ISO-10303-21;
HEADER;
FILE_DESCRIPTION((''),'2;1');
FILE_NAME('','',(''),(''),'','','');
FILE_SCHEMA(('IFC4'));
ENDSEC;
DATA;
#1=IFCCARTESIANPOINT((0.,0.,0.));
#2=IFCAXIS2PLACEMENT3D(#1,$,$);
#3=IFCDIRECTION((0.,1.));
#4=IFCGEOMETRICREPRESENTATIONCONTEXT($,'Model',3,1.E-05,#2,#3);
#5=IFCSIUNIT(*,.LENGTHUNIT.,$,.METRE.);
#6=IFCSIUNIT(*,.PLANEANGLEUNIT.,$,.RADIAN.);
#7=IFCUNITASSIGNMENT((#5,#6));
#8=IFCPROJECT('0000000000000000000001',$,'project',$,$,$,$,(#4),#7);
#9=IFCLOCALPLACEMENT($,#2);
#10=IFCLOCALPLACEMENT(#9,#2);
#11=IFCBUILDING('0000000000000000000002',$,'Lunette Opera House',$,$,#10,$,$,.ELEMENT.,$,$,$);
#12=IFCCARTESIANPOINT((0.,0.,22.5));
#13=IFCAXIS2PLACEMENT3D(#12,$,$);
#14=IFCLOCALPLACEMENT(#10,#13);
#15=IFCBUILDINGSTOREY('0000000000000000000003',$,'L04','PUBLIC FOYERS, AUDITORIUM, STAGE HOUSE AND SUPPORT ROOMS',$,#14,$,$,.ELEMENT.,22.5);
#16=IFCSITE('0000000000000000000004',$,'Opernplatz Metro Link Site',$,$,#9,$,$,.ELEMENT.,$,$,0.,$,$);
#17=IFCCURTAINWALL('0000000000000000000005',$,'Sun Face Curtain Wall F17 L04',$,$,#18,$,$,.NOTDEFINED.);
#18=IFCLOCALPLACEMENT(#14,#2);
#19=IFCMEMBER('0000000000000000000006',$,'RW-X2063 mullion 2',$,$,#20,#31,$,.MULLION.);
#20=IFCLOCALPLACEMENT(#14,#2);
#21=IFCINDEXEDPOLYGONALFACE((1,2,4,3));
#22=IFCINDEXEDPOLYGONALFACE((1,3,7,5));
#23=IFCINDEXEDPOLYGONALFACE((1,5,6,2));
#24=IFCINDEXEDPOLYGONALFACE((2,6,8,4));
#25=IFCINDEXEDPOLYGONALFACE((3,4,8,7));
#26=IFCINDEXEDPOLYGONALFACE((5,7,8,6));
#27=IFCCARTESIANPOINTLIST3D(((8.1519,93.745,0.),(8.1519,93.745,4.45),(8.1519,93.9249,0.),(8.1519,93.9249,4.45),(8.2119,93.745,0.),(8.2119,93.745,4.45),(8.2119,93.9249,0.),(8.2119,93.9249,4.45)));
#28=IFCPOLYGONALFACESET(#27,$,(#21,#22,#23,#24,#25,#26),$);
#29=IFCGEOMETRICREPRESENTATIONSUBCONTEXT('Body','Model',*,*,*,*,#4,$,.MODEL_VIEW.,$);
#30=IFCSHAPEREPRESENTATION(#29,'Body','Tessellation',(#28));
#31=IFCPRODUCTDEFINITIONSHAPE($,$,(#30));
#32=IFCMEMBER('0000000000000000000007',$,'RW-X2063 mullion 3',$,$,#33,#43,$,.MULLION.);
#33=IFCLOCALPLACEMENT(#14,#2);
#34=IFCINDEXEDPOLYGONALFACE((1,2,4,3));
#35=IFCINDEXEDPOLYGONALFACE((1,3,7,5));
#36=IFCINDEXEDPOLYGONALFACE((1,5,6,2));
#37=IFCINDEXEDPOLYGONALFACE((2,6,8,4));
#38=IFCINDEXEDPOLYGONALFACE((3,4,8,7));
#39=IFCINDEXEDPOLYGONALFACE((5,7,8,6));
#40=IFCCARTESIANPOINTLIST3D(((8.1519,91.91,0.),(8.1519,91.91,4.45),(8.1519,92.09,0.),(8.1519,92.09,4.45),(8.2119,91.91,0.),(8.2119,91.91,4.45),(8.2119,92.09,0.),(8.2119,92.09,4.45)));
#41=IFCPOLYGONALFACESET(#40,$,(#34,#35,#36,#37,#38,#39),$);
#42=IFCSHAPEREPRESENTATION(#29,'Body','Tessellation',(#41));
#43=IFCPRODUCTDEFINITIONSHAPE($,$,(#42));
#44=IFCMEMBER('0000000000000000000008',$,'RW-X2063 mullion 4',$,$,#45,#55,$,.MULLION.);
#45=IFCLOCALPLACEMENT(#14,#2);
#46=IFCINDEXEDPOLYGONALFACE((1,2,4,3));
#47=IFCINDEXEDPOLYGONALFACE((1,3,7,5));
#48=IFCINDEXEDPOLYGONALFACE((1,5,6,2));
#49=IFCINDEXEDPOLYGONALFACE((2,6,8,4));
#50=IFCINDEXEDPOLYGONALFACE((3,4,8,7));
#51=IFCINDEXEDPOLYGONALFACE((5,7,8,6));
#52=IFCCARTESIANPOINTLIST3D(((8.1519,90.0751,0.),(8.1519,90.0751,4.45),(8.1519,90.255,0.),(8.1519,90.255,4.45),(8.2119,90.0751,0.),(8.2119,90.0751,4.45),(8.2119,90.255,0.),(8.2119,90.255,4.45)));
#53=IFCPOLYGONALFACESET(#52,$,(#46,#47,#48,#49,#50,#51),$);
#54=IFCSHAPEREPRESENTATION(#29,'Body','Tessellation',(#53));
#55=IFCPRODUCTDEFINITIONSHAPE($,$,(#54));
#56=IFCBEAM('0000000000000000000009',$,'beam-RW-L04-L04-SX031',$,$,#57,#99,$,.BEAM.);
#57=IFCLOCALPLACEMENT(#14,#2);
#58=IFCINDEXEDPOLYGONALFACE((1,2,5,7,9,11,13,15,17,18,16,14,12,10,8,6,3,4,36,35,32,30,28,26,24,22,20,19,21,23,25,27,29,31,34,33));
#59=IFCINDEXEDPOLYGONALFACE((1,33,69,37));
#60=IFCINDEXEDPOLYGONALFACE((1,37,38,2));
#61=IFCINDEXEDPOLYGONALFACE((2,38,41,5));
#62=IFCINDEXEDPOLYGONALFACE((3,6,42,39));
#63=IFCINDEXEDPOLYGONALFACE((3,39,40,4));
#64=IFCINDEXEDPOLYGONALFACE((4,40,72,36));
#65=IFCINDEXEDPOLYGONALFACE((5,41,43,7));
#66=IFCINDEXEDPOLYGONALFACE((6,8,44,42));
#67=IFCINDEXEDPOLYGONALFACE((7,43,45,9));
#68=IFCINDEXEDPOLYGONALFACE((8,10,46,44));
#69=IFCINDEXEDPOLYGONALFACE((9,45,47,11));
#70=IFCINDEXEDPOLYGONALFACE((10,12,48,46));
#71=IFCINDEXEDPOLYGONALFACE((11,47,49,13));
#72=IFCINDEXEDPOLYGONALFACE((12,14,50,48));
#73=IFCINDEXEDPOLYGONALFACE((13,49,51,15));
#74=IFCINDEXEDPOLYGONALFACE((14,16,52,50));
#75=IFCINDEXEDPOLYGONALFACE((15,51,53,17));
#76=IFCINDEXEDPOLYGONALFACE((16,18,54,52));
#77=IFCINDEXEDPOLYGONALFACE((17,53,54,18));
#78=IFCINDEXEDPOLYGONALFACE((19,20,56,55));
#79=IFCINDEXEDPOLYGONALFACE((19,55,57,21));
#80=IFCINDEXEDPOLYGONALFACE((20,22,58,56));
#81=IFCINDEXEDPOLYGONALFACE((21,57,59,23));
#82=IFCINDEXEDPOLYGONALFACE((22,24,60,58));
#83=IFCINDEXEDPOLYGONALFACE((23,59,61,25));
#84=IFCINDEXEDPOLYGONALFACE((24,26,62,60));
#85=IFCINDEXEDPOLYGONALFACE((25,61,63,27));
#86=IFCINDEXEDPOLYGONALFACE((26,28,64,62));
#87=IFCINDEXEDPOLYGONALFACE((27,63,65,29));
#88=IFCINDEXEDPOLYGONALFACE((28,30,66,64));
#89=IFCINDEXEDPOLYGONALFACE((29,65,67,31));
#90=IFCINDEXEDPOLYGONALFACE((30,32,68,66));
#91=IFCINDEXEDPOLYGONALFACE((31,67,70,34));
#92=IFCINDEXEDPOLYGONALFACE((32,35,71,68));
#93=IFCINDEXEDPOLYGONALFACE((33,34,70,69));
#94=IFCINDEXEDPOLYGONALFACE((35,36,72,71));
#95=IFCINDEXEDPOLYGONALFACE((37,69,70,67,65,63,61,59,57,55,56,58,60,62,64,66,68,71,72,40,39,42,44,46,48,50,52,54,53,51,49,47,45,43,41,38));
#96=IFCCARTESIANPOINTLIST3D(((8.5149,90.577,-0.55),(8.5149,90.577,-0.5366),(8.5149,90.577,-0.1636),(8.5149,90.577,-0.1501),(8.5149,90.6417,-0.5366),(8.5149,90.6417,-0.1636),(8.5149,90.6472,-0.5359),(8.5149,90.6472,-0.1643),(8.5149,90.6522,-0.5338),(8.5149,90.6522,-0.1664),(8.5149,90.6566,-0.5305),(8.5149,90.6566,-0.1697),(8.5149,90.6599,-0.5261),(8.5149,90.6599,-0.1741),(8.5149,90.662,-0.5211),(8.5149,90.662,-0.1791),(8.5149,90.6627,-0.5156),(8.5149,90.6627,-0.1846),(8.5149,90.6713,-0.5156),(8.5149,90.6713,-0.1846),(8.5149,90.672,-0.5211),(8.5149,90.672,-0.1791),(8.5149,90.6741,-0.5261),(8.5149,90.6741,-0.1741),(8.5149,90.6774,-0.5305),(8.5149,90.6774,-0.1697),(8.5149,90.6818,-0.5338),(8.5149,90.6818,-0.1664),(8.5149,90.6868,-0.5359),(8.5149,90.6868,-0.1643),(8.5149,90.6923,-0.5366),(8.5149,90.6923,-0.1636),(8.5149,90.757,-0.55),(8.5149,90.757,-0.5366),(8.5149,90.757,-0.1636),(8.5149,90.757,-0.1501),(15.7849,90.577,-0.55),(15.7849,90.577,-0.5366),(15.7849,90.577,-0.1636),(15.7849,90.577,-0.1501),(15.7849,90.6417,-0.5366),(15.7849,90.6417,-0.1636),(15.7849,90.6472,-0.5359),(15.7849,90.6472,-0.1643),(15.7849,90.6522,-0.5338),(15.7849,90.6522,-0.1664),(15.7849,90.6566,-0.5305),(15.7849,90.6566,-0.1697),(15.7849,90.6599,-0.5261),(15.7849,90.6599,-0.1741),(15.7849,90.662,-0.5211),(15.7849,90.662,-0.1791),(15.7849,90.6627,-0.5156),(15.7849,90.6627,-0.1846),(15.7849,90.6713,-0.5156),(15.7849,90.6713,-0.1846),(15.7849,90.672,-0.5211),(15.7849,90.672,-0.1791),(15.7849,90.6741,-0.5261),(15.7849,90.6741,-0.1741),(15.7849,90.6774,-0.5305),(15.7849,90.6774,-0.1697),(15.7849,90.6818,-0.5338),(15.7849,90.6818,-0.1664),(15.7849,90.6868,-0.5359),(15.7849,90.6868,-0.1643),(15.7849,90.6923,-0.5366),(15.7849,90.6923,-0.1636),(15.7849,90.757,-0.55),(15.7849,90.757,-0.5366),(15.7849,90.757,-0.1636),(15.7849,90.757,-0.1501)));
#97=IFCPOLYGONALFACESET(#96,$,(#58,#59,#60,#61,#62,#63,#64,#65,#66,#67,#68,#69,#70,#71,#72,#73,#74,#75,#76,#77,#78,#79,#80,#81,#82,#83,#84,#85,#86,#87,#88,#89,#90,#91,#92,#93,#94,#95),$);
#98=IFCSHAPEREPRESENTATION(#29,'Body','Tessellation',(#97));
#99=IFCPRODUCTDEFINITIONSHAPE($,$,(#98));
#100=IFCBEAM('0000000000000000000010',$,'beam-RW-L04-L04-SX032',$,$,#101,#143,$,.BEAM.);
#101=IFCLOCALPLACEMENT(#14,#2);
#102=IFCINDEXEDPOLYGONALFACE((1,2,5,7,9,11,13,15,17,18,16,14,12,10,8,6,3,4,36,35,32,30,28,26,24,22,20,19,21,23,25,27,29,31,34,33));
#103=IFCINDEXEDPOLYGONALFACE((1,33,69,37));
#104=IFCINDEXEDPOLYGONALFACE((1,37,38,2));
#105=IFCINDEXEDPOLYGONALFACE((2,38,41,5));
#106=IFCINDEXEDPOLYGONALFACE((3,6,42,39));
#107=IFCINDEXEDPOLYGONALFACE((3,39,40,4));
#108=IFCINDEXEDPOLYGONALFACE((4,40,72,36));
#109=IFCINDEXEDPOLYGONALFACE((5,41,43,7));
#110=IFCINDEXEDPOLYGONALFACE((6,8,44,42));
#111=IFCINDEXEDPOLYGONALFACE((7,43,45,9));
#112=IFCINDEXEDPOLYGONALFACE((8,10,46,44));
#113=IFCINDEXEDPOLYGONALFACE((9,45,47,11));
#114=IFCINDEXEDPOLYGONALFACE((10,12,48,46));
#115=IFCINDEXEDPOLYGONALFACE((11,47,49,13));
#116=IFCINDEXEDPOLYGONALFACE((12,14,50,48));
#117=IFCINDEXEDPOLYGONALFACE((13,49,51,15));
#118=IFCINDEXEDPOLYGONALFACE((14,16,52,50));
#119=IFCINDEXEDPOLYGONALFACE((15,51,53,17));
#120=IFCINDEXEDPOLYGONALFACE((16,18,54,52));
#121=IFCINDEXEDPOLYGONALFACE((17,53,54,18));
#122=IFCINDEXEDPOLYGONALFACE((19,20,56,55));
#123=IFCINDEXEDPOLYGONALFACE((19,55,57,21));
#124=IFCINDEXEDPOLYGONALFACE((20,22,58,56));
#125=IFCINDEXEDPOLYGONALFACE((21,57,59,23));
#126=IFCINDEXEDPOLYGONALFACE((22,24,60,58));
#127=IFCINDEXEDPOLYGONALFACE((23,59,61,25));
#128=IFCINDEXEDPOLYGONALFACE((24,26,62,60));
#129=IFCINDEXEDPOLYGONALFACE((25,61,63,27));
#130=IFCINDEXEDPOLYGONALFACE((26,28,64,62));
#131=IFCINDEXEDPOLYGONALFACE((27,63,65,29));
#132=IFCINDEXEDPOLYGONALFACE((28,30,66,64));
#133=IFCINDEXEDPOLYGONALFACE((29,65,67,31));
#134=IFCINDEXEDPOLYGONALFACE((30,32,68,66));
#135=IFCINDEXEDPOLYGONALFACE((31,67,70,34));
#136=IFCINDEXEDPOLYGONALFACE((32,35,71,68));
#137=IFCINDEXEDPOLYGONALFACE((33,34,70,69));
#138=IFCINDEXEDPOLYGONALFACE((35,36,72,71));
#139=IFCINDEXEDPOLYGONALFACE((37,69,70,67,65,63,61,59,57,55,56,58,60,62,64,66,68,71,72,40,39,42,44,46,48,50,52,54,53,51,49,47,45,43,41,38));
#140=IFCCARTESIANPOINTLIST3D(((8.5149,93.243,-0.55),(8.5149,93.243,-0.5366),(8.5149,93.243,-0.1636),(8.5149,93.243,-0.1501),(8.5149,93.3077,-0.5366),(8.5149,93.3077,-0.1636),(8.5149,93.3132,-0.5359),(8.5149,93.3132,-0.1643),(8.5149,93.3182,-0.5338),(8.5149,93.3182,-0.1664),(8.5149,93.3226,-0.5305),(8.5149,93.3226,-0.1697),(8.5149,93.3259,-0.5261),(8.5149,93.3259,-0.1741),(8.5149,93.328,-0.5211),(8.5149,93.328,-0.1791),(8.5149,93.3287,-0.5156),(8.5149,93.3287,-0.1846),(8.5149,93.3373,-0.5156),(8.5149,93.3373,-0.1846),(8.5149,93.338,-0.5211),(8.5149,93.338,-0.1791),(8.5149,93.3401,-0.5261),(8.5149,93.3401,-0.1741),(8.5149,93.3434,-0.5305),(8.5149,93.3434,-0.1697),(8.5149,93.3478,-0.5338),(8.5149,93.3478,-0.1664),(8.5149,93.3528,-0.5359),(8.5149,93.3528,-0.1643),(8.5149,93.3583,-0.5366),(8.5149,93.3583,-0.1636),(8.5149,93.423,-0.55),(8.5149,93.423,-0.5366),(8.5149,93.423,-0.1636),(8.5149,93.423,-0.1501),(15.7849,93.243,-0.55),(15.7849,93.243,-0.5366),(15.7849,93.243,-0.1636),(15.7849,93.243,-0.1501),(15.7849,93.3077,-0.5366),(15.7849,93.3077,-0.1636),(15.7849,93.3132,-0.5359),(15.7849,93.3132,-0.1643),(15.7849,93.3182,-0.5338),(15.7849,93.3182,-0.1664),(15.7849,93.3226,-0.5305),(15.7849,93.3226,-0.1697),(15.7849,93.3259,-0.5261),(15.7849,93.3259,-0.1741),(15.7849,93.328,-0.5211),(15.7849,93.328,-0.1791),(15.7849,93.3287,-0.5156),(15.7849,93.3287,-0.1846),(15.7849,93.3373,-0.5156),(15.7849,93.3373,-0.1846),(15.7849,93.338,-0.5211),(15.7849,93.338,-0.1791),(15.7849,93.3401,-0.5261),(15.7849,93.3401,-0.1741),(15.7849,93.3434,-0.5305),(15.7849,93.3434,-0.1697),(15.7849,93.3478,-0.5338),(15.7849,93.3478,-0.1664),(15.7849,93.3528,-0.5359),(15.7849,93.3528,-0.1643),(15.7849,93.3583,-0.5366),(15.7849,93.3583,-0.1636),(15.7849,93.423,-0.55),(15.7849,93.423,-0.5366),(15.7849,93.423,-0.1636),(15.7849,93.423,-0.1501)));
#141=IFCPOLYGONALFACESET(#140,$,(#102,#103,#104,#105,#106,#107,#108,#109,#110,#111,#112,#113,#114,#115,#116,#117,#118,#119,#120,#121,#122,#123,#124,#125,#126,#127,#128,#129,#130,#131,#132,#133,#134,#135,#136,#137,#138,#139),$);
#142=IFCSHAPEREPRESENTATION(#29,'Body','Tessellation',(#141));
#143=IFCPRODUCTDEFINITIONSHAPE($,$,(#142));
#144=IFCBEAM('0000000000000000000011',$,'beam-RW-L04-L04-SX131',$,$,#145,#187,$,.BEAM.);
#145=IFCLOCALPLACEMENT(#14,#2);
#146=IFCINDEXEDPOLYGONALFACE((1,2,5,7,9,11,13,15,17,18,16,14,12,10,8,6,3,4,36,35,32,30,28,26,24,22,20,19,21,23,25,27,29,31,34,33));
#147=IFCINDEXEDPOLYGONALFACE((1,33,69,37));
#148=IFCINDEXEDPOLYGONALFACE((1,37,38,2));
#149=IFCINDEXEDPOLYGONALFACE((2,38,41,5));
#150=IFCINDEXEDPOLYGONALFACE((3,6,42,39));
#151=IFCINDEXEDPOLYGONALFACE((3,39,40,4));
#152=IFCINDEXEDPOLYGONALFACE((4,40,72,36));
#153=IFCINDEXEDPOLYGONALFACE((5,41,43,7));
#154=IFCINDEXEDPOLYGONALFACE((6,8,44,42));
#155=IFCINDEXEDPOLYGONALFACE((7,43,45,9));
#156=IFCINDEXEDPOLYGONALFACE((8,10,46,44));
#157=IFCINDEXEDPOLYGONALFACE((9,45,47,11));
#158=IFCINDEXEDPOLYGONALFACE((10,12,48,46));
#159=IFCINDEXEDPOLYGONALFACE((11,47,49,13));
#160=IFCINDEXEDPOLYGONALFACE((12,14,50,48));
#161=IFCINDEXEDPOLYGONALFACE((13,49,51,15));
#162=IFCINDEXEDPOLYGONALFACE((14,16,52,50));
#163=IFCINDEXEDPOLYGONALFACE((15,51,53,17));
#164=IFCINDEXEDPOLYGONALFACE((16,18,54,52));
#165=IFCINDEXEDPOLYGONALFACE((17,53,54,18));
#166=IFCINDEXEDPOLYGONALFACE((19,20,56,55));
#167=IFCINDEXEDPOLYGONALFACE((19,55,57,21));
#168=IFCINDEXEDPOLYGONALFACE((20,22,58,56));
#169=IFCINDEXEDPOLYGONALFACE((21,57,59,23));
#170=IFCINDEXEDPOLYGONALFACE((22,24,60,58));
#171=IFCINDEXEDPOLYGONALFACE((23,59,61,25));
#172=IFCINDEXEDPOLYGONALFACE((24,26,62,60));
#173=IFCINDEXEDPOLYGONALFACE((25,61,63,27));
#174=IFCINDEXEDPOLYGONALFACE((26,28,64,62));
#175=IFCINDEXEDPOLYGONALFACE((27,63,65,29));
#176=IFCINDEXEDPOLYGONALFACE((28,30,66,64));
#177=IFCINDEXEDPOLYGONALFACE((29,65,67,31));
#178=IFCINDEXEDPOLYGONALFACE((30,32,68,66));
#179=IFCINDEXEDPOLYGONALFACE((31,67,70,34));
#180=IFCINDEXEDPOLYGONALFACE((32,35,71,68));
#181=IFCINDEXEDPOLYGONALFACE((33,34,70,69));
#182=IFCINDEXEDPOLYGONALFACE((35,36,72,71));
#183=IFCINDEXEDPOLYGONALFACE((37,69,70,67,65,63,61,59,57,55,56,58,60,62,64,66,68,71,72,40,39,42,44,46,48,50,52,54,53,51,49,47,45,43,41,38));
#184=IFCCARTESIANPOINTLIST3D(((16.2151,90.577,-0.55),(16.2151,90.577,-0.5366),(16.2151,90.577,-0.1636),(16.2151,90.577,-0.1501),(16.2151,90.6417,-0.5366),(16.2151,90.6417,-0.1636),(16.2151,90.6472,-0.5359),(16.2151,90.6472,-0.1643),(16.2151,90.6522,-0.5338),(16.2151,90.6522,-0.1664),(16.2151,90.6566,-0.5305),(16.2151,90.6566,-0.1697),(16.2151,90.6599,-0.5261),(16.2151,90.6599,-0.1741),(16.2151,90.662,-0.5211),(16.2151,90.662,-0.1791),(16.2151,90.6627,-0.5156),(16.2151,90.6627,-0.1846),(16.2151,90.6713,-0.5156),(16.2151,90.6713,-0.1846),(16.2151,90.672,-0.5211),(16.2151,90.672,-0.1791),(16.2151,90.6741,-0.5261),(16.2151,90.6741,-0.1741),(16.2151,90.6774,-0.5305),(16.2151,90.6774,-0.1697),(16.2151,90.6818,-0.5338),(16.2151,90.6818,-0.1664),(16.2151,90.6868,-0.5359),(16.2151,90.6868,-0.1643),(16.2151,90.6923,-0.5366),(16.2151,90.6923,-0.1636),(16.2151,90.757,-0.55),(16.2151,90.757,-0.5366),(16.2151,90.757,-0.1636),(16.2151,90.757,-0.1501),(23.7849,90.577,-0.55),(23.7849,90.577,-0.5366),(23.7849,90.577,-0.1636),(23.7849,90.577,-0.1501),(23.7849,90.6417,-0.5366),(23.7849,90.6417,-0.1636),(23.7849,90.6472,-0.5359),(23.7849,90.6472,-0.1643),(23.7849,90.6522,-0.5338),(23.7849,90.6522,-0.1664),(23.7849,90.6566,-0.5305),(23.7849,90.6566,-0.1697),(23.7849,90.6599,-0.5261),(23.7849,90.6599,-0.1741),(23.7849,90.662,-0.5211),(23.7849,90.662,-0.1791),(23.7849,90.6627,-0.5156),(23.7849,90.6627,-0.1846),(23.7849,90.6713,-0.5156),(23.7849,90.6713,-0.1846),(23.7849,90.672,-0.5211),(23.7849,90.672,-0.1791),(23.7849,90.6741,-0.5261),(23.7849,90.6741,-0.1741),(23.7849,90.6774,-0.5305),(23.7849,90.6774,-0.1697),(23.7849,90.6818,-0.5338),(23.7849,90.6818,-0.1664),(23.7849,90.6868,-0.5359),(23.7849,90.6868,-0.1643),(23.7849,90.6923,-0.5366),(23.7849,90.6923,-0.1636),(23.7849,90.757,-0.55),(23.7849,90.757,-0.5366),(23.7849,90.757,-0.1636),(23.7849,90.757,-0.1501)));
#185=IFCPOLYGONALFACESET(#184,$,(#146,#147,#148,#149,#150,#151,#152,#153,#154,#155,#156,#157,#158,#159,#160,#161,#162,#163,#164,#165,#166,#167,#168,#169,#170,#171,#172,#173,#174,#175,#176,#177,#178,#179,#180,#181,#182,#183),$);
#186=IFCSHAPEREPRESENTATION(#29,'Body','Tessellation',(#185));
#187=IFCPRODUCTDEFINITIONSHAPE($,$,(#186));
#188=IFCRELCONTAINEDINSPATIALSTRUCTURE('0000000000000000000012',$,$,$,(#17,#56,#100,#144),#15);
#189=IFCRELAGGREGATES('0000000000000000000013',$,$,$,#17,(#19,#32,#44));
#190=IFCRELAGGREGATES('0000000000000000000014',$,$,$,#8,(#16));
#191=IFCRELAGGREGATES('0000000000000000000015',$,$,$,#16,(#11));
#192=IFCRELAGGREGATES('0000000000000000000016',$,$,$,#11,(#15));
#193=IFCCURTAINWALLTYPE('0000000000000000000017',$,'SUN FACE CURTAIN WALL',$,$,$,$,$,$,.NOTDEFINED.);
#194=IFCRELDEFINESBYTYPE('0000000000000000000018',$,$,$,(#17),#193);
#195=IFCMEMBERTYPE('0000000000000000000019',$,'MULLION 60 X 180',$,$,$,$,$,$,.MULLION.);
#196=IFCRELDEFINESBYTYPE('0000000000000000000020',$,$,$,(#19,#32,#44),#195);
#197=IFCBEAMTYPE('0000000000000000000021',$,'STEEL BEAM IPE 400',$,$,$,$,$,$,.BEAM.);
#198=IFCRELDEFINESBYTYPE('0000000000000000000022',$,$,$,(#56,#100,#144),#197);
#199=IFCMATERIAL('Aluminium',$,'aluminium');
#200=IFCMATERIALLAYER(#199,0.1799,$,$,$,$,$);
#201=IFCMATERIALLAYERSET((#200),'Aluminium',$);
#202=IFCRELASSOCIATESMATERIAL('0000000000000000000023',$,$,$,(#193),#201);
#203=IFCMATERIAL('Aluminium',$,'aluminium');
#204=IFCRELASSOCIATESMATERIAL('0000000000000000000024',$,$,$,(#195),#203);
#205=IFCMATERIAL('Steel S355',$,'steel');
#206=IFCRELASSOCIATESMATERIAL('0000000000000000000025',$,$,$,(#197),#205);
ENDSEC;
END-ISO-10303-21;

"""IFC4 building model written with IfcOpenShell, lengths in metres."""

from ifc_helpers import new_model, si_unit, direction, frame, origin, origin_2d, place, context, subcontext, project, spatial, rectangle, i_section, extrude, material, layer, layer_set, material_profile, profile_set, type_object, element, aggregate, save


model = new_model("IFC4")

# Units and contexts
model_context = context("Model", 3, precision=1e-05, world=origin(), true_north=direction((0.0, 1.0)))
body_context = subcontext(model_context, "Body", "Model", "MODEL_VIEW")
ifc_project = project(units=[si_unit("LENGTHUNIT", "METRE"), si_unit("PLANEANGLEUNIT", "RADIAN")], contexts=[model_context])

# Site, building, storey
site_placement = place(None, origin())
site = spatial("IfcSite", under=ifc_project, at=site_placement, Name="Opernplatz Metro Link Site", CompositionType="ELEMENT", RefElevation=0.0)
building_placement = place(site_placement, origin())
building = spatial("IfcBuilding", under=site, at=building_placement, Name="Lunette Opera House", CompositionType="ELEMENT")
storey_placement = place(building_placement, frame((0.0, 0.0, 22.5)))
storey = spatial("IfcBuildingStorey", under=building, at=storey_placement, Name="L04", Description="PUBLIC FOYERS, AUDITORIUM, STAGE HOUSE AND SUPPORT ROOMS", CompositionType="ELEMENT", Elevation=22.5)

# Curtain wall, members
ifc_material_1 = material(Name="Aluminium", Category="aluminium")
ifc_layer_1 = layer(ifc_material_1, 0.1799)
ifc_layer_set_1 = layer_set([ifc_layer_1], Name="Aluminium")
curtain_wall_type = type_object("IfcCurtainWallType", Name="SUN FACE CURTAIN WALL", PredefinedType="NOTDEFINED", material=ifc_layer_set_1)
curtain_wall_placement = place(storey_placement, origin())
curtain_wall = element("IfcCurtainWall", 1, at=curtain_wall_placement, inside=storey, type_object=curtain_wall_type, Name="Sun Face Curtain Wall F17 L04", PredefinedType="NOTDEFINED")
ifc_material_2 = material(Name="Aluminium", Category="aluminium")
ifc_material_profile_1 = material_profile(ifc_material_2, rectangle(XDim=0.0601, YDim=0.1799, at=origin_2d()), Name="MULLION 60 X 180")
ifc_profile_set_1 = profile_set([ifc_material_profile_1], Name="Aluminium")
member_type_1 = type_object("IfcMemberType", Name="MULLION 60 X 180", PredefinedType="MULLION", material=ifc_profile_set_1)
member_1_placement = place(storey_placement, frame((8.1819, 93.835, 0.0), z_axis=(0.0, 0.0, 1.0), x_axis=(1.0, 0.0, 0.0)))
member_1 = element("IfcMember", 2, at=member_1_placement, type_object=member_type_1, Name="RW-X2063 mullion 2", PredefinedType="MULLION", context=body_context, shape_type="SweptSolid", body=[
    extrude(rectangle(XDim=0.0601, YDim=0.1799, at=origin_2d()), origin(), (0.0, 0.0, 1.0), 4.45),
])
member_2_placement = place(storey_placement, frame((8.1819, 92.0, 0.0), z_axis=(0.0, 0.0, 1.0), x_axis=(1.0, 0.0, 0.0)))
member_2 = element("IfcMember", 3, at=member_2_placement, type_object=member_type_1, Name="RW-X2063 mullion 3", PredefinedType="MULLION", context=body_context, shape_type="SweptSolid", body=[
    extrude(rectangle(XDim=0.0601, YDim=0.1799, at=origin_2d()), origin(), (0.0, 0.0, 1.0), 4.45),
])
member_3_placement = place(storey_placement, frame((8.1819, 90.165, 0.0), z_axis=(0.0, 0.0, 1.0), x_axis=(1.0, 0.0, 0.0)))
member_3 = element("IfcMember", 4, at=member_3_placement, type_object=member_type_1, Name="RW-X2063 mullion 4", PredefinedType="MULLION", context=body_context, shape_type="SweptSolid", body=[
    extrude(rectangle(XDim=0.0601, YDim=0.1799, at=origin_2d()), origin(), (0.0, 0.0, 1.0), 4.45),
])

# Beams
ifc_material_3 = material(Name="Steel S355", Category="steel")
ifc_material_profile_2 = material_profile(ifc_material_3, i_section(OverallWidth=0.1799, OverallDepth=0.3999, WebThickness=0.0085, FlangeThickness=0.0134, FilletRadius=0.021, at=origin_2d()), Name="IPE 400")
ifc_profile_set_2 = profile_set([ifc_material_profile_2], Name="Steel S355")
beam_type = type_object("IfcBeamType", Name="STEEL BEAM IPE 400", PredefinedType="BEAM", material=ifc_profile_set_2)
for number, where, z_axis, x_axis, name in (
    (5, (8.5149, 90.667, -0.3501), (1.0, 0.0, 0.0), (0.0, 1.0, 0.0), "beam-RW-L04-L04-SX031"),
    (6, (8.5149, 93.333, -0.3501), (1.0, 0.0, 0.0), (0.0, 1.0, 0.0), "beam-RW-L04-L04-SX032"),
):
    element("IfcBeam", number, at=place(storey_placement, frame(where, z_axis=z_axis, x_axis=x_axis)), inside=storey, type_object=beam_type, Name=name, PredefinedType="BEAM", context=body_context, shape_type="SweptSolid", body=[
        extrude(i_section(OverallWidth=0.1799, OverallDepth=0.3999, WebThickness=0.0085, FlangeThickness=0.0134, FilletRadius=0.021, at=origin_2d()), origin(), (0.0, 0.0, 1.0), 7.27),
    ])
for number, where, z_axis, x_axis, name in (
    (7, (16.2151, 90.667, -0.3501), (1.0, 0.0, 0.0), (0.0, 1.0, 0.0), "beam-RW-L04-L04-SX131"),
):
    element("IfcBeam", number, at=place(storey_placement, frame(where, z_axis=z_axis, x_axis=x_axis)), inside=storey, type_object=beam_type, Name=name, PredefinedType="BEAM", context=body_context, shape_type="SweptSolid", body=[
        extrude(i_section(OverallWidth=0.1799, OverallDepth=0.3999, WebThickness=0.0085, FlangeThickness=0.0134, FilletRadius=0.021, at=origin_2d()), origin(), (0.0, 0.0, 1.0), 7.5698),
    ])

aggregate(curtain_wall, [member_1, member_2, member_3])

save(model, "model.ifc")
